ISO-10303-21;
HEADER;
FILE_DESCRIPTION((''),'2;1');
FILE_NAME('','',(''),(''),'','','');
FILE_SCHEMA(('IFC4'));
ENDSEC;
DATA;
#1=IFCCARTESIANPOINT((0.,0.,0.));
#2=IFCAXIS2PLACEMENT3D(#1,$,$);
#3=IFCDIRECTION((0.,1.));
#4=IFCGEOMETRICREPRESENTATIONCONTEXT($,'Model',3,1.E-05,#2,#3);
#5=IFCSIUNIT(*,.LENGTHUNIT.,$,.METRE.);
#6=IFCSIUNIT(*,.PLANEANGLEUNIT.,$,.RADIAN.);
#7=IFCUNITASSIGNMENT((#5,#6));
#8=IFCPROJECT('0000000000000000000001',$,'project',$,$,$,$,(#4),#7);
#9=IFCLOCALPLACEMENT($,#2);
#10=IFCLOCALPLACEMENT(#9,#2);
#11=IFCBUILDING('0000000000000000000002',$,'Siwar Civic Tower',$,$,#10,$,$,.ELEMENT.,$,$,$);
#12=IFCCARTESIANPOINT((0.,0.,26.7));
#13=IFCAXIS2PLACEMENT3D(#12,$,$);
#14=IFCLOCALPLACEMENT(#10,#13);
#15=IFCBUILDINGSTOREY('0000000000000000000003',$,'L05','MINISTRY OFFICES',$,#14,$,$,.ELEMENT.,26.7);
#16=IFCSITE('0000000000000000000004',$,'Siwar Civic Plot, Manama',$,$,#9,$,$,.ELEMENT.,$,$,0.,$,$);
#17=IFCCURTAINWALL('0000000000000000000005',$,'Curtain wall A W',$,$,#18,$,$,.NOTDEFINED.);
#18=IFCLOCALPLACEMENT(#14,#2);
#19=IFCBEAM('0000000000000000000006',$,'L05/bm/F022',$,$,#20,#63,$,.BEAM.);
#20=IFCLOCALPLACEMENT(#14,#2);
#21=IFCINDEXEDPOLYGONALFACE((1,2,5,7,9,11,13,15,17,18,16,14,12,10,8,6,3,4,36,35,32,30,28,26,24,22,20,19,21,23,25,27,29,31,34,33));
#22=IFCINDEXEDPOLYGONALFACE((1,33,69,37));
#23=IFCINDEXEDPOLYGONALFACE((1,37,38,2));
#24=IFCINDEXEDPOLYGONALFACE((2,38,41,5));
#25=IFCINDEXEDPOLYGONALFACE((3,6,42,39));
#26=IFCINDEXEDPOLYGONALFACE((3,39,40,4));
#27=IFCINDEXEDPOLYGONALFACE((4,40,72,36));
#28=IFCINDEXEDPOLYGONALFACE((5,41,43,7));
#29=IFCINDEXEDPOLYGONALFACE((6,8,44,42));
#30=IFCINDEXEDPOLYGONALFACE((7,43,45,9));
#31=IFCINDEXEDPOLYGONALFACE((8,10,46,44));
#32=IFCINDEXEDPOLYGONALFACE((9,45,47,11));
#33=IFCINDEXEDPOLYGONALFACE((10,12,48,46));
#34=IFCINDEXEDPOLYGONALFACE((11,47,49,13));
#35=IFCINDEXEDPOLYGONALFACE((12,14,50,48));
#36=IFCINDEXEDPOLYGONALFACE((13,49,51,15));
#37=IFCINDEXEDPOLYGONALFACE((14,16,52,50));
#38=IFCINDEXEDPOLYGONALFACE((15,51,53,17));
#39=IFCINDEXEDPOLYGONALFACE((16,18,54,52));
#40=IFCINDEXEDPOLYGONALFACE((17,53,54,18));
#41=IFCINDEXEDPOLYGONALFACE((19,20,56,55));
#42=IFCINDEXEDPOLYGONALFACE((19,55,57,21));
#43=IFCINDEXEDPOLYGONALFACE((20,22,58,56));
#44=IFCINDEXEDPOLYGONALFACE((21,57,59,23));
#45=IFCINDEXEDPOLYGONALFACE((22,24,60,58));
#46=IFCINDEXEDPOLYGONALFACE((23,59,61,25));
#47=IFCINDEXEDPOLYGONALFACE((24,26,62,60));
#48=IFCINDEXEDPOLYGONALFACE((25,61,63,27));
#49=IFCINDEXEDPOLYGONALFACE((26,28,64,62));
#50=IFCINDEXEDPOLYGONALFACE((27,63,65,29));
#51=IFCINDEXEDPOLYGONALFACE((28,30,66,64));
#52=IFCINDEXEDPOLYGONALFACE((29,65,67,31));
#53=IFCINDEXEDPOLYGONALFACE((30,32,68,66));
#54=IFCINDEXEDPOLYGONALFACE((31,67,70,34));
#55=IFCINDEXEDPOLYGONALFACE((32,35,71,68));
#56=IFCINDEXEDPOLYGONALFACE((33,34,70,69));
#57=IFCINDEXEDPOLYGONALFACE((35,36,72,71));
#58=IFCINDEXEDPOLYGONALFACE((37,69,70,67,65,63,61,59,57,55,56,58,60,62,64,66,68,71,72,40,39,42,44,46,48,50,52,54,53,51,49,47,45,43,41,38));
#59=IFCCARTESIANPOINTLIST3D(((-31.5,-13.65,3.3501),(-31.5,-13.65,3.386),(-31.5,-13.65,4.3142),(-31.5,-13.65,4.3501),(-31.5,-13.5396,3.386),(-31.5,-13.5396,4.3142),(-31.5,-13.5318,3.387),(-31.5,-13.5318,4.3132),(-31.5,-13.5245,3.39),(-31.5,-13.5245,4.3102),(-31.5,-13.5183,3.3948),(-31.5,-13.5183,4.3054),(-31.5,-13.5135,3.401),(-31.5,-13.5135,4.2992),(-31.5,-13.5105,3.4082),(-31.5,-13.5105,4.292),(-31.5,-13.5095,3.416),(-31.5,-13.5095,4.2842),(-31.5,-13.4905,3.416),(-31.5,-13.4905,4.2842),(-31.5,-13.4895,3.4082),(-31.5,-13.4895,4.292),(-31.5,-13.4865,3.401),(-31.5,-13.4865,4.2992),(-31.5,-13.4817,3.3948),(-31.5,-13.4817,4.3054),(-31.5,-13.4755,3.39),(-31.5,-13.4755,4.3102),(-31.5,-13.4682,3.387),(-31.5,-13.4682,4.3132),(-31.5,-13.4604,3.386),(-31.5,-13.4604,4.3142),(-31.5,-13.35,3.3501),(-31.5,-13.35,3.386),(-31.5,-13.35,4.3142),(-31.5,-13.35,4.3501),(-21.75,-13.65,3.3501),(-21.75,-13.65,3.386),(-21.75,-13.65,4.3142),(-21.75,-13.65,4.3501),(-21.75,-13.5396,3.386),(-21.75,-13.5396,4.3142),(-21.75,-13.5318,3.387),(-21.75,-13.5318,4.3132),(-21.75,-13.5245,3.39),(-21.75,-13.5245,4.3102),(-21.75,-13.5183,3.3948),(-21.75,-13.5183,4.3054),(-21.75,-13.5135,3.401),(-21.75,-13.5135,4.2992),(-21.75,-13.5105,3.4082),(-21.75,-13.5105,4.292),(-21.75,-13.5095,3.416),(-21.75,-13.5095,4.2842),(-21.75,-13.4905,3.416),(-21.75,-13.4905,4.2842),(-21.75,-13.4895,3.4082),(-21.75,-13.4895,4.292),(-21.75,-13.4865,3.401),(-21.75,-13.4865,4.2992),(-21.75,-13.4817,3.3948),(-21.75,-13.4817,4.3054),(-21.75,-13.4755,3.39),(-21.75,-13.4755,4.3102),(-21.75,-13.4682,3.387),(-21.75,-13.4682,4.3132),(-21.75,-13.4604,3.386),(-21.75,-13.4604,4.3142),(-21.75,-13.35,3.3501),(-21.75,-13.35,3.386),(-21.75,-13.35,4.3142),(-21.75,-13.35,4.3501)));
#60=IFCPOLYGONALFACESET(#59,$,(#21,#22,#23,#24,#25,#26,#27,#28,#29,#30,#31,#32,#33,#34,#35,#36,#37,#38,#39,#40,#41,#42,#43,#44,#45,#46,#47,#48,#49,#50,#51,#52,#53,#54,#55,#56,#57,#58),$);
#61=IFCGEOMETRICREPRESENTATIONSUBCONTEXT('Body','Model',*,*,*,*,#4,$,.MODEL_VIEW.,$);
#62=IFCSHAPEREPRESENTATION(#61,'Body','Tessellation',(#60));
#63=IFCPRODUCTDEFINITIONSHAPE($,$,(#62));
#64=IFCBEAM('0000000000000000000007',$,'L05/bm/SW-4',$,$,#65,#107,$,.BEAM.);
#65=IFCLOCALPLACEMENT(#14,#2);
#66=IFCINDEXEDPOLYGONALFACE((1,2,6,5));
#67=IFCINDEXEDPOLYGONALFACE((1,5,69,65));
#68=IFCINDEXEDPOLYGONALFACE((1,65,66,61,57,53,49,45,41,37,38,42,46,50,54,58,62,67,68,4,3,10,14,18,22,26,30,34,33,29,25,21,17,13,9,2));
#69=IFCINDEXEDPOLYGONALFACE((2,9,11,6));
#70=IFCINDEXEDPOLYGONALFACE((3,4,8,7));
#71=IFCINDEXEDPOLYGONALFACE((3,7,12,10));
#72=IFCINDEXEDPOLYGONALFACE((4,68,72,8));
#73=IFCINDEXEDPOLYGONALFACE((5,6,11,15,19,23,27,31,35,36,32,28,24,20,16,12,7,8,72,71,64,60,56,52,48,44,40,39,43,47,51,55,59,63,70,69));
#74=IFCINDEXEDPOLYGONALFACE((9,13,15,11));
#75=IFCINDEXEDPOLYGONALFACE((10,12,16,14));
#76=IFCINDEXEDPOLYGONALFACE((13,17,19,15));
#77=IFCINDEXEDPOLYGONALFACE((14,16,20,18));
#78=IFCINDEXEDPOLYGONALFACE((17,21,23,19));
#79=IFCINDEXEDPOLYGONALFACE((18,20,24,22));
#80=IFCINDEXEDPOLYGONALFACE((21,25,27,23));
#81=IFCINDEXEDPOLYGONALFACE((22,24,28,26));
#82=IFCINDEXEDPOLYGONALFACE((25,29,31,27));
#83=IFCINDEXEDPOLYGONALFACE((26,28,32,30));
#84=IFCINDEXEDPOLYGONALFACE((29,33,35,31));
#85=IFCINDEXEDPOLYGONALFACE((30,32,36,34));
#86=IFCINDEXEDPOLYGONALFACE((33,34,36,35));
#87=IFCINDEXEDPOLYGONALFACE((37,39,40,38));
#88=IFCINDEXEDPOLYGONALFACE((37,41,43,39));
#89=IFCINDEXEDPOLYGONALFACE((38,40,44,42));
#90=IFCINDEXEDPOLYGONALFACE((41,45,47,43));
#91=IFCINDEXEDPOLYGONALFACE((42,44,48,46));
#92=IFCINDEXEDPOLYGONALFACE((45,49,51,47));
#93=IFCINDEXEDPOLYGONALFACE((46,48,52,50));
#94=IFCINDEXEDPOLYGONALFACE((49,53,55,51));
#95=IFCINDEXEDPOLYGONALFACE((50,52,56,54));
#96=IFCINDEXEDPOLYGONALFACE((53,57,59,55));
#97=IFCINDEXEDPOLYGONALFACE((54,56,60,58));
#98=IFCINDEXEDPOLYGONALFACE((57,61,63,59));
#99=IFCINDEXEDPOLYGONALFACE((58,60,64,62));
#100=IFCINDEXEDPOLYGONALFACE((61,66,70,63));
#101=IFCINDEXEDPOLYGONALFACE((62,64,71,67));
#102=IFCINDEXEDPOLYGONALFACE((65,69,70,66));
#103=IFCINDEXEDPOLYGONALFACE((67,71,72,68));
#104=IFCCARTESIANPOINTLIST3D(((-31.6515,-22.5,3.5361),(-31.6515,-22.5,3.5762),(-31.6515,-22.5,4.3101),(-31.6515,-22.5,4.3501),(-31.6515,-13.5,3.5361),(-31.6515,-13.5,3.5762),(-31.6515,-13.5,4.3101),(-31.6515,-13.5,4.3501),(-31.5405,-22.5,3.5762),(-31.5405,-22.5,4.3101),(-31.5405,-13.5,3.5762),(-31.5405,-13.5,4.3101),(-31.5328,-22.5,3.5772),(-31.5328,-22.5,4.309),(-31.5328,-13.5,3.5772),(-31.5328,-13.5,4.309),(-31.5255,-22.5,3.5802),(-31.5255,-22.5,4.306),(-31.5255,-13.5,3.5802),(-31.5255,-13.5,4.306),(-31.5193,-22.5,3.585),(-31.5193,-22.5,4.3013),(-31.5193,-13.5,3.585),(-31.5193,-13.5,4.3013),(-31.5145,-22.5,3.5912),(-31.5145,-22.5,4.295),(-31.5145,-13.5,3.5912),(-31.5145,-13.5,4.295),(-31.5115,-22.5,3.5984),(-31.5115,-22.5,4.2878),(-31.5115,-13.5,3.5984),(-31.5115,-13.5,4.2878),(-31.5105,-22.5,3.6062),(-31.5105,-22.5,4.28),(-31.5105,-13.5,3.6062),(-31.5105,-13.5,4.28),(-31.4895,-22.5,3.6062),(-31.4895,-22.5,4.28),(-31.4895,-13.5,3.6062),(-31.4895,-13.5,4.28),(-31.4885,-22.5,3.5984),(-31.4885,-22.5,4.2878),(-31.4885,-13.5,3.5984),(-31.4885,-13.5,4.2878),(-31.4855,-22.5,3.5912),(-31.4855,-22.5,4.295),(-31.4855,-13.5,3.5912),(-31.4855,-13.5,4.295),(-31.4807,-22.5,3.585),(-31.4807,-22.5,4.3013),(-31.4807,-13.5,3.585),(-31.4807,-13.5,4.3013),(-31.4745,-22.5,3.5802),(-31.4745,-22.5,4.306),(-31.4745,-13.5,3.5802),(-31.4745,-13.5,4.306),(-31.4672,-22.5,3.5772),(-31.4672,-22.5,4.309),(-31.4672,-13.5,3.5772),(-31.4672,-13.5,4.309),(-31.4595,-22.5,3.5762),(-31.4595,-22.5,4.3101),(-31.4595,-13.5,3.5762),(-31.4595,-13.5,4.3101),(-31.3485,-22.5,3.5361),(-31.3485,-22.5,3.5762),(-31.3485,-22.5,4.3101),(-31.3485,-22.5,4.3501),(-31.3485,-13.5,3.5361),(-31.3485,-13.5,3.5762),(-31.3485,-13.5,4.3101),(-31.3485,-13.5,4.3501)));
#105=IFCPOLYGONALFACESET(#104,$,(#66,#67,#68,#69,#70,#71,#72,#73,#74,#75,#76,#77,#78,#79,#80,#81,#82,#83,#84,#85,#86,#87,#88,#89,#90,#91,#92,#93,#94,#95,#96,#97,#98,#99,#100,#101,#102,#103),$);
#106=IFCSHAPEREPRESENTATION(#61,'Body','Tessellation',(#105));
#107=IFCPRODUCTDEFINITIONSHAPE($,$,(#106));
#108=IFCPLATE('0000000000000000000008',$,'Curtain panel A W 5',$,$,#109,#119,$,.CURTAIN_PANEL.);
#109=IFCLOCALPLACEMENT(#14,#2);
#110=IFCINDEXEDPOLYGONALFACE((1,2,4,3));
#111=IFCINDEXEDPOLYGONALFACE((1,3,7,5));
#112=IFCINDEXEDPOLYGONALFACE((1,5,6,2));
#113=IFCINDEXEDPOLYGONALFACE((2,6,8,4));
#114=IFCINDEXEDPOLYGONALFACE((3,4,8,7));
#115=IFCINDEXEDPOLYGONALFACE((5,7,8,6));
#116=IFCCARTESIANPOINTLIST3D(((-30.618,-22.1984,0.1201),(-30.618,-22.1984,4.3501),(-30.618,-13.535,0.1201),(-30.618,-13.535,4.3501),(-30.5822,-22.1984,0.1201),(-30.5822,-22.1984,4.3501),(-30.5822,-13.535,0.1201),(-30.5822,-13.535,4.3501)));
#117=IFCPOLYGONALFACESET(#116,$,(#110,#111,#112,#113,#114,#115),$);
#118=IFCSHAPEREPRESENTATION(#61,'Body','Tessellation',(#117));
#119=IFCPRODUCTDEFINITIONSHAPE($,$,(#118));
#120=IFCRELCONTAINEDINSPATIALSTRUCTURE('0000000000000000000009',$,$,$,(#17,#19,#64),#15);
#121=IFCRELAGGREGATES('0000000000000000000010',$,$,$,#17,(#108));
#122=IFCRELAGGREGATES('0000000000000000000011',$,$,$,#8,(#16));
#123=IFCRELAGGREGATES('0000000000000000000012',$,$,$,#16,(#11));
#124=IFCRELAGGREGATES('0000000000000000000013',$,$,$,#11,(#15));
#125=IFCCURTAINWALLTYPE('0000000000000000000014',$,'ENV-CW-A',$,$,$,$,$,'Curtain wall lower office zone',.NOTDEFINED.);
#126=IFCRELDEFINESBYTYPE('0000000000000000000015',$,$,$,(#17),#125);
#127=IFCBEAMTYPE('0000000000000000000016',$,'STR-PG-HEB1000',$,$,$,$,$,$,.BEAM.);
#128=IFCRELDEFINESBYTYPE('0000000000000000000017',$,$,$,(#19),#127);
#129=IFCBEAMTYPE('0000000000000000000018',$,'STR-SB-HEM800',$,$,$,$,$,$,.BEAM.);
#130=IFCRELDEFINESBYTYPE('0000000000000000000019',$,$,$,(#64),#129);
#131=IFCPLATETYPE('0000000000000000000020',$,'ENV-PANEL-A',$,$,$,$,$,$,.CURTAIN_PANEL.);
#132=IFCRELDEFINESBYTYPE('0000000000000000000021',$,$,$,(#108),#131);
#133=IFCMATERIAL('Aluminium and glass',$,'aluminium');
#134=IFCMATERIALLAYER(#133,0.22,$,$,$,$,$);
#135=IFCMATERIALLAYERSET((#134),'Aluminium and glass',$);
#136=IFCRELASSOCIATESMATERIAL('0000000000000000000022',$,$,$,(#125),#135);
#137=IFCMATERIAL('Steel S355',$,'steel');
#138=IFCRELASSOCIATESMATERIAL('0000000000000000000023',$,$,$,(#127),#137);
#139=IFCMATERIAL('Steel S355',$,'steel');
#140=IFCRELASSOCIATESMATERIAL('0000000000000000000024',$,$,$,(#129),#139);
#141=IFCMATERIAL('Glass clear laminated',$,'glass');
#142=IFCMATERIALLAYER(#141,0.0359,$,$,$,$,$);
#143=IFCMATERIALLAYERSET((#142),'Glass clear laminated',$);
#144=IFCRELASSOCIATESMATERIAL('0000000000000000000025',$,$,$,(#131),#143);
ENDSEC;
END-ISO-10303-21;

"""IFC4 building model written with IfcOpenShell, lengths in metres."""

from ifc_helpers import new_model, si_unit, direction, frame, origin, origin_2d, place, context, subcontext, project, spatial, rectangle, i_section, extrude, material, layer, layer_set, material_profile, profile_set, type_object, element, aggregate, save


model = new_model("IFC4")

# Units and contexts
model_context = context("Model", 3, precision=1e-05, world=origin(), true_north=direction((0.0, 1.0)))
body_context = subcontext(model_context, "Body", "Model", "MODEL_VIEW")
ifc_project = project(units=[si_unit("LENGTHUNIT", "METRE"), si_unit("PLANEANGLEUNIT", "RADIAN")], contexts=[model_context])

# Site, building, storey
site_placement = place(None, origin())
site = spatial("IfcSite", under=ifc_project, at=site_placement, Name="Siwar Civic Plot, Manama", CompositionType="ELEMENT", RefElevation=0.0)
building_placement = place(site_placement, origin())
building = spatial("IfcBuilding", under=site, at=building_placement, Name="Siwar Civic Tower", CompositionType="ELEMENT")
storey_placement = place(building_placement, frame((0.0, 0.0, 26.7)))
storey = spatial("IfcBuildingStorey", under=building, at=storey_placement, Name="L05", Description="MINISTRY OFFICES", CompositionType="ELEMENT", Elevation=26.7)

# Curtain wall
ifc_material_1 = material(Name="Aluminium and glass", Category="aluminium")
ifc_layer_1 = layer(ifc_material_1, 0.22)
ifc_layer_set_1 = layer_set([ifc_layer_1], Name="Aluminium and glass")
curtain_wall_type_1 = type_object("IfcCurtainWallType", Name="ENV-CW-A", ElementType="Curtain wall lower office zone", PredefinedType="NOTDEFINED", material=ifc_layer_set_1)
curtain_wall_1_placement = place(storey_placement, origin())
curtain_wall_1 = element("IfcCurtainWall", 1, at=curtain_wall_1_placement, inside=storey, type_object=curtain_wall_type_1, Name="Curtain wall A W", PredefinedType="NOTDEFINED")

# Beams
ifc_material_2 = material(Name="Steel S355", Category="steel")
ifc_material_profile_1 = material_profile(ifc_material_2, i_section(OverallWidth=0.3, OverallDepth=1.0, WebThickness=0.019, FlangeThickness=0.0359, FilletRadius=0.03, at=origin_2d()), Name="HEB1000")
ifc_profile_set_1 = profile_set([ifc_material_profile_1], Name="Steel S355")
beam_type_1 = type_object("IfcBeamType", Name="STR-PG-HEB1000", PredefinedType="BEAM", material=ifc_profile_set_1)
beam_1_placement = place(storey_placement, frame((-31.5, -13.5, 3.8501), z_axis=(1.0, 0.0, 0.0), x_axis=(0.0, 1.0, 0.0)))
element("IfcBeam", 2, at=beam_1_placement, inside=storey, type_object=beam_type_1, Name="L05/bm/F022", PredefinedType="BEAM", context=body_context, shape_type="SweptSolid", body=[
    extrude(i_section(OverallWidth=0.3, OverallDepth=1.0, WebThickness=0.019, FlangeThickness=0.0359, FilletRadius=0.03, at=origin_2d()), origin(), (0.0, 0.0, 1.0), 9.75),
])
ifc_material_3 = material(Name="Steel S355", Category="steel")
ifc_material_profile_2 = material_profile(ifc_material_3, i_section(OverallWidth=0.303, OverallDepth=0.814, WebThickness=0.021, FlangeThickness=0.04, FilletRadius=0.03, at=origin_2d()), Name="HEM800")
ifc_profile_set_2 = profile_set([ifc_material_profile_2], Name="Steel S355")
beam_type_2 = type_object("IfcBeamType", Name="STR-SB-HEM800", PredefinedType="BEAM", material=ifc_profile_set_2)
beam_2_placement = place(storey_placement, frame((-31.5, -13.5, 3.9431), z_axis=(0.0, -1.0, 0.0), x_axis=(1.0, 0.0, 0.0)))
element("IfcBeam", 3, at=beam_2_placement, inside=storey, type_object=beam_type_2, Name="L05/bm/SW-4", PredefinedType="BEAM", context=body_context, shape_type="SweptSolid", body=[
    extrude(i_section(OverallWidth=0.303, OverallDepth=0.814, WebThickness=0.021, FlangeThickness=0.04, FilletRadius=0.03, at=origin_2d()), origin(), (0.0, 0.0, 1.0), 9.0),
])

# Plate
ifc_material_4 = material(Name="Glass clear laminated", Category="glass")
ifc_layer_2 = layer(ifc_material_4, 0.0359)
ifc_layer_set_2 = layer_set([ifc_layer_2], Name="Glass clear laminated")
plate_type = type_object("IfcPlateType", Name="ENV-PANEL-A", PredefinedType="CURTAIN_PANEL", material=ifc_layer_set_2)
plate_placement = place(storey_placement, frame((-30.6001, -17.8667, 0.1201), z_axis=(0.0, 0.0, 1.0), x_axis=(0.0, -1.0, 0.0)))
plate = element("IfcPlate", 4, at=plate_placement, type_object=plate_type, Name="Curtain panel A W 5", PredefinedType="CURTAIN_PANEL", context=body_context, shape_type="SweptSolid", body=[
    extrude(rectangle(XDim=8.6633, YDim=0.0359, at=origin_2d()), origin(), (0.0, 0.0, 1.0), 4.23),
])
aggregate(curtain_wall_1, [plate])

save(model, "model.ifc")
